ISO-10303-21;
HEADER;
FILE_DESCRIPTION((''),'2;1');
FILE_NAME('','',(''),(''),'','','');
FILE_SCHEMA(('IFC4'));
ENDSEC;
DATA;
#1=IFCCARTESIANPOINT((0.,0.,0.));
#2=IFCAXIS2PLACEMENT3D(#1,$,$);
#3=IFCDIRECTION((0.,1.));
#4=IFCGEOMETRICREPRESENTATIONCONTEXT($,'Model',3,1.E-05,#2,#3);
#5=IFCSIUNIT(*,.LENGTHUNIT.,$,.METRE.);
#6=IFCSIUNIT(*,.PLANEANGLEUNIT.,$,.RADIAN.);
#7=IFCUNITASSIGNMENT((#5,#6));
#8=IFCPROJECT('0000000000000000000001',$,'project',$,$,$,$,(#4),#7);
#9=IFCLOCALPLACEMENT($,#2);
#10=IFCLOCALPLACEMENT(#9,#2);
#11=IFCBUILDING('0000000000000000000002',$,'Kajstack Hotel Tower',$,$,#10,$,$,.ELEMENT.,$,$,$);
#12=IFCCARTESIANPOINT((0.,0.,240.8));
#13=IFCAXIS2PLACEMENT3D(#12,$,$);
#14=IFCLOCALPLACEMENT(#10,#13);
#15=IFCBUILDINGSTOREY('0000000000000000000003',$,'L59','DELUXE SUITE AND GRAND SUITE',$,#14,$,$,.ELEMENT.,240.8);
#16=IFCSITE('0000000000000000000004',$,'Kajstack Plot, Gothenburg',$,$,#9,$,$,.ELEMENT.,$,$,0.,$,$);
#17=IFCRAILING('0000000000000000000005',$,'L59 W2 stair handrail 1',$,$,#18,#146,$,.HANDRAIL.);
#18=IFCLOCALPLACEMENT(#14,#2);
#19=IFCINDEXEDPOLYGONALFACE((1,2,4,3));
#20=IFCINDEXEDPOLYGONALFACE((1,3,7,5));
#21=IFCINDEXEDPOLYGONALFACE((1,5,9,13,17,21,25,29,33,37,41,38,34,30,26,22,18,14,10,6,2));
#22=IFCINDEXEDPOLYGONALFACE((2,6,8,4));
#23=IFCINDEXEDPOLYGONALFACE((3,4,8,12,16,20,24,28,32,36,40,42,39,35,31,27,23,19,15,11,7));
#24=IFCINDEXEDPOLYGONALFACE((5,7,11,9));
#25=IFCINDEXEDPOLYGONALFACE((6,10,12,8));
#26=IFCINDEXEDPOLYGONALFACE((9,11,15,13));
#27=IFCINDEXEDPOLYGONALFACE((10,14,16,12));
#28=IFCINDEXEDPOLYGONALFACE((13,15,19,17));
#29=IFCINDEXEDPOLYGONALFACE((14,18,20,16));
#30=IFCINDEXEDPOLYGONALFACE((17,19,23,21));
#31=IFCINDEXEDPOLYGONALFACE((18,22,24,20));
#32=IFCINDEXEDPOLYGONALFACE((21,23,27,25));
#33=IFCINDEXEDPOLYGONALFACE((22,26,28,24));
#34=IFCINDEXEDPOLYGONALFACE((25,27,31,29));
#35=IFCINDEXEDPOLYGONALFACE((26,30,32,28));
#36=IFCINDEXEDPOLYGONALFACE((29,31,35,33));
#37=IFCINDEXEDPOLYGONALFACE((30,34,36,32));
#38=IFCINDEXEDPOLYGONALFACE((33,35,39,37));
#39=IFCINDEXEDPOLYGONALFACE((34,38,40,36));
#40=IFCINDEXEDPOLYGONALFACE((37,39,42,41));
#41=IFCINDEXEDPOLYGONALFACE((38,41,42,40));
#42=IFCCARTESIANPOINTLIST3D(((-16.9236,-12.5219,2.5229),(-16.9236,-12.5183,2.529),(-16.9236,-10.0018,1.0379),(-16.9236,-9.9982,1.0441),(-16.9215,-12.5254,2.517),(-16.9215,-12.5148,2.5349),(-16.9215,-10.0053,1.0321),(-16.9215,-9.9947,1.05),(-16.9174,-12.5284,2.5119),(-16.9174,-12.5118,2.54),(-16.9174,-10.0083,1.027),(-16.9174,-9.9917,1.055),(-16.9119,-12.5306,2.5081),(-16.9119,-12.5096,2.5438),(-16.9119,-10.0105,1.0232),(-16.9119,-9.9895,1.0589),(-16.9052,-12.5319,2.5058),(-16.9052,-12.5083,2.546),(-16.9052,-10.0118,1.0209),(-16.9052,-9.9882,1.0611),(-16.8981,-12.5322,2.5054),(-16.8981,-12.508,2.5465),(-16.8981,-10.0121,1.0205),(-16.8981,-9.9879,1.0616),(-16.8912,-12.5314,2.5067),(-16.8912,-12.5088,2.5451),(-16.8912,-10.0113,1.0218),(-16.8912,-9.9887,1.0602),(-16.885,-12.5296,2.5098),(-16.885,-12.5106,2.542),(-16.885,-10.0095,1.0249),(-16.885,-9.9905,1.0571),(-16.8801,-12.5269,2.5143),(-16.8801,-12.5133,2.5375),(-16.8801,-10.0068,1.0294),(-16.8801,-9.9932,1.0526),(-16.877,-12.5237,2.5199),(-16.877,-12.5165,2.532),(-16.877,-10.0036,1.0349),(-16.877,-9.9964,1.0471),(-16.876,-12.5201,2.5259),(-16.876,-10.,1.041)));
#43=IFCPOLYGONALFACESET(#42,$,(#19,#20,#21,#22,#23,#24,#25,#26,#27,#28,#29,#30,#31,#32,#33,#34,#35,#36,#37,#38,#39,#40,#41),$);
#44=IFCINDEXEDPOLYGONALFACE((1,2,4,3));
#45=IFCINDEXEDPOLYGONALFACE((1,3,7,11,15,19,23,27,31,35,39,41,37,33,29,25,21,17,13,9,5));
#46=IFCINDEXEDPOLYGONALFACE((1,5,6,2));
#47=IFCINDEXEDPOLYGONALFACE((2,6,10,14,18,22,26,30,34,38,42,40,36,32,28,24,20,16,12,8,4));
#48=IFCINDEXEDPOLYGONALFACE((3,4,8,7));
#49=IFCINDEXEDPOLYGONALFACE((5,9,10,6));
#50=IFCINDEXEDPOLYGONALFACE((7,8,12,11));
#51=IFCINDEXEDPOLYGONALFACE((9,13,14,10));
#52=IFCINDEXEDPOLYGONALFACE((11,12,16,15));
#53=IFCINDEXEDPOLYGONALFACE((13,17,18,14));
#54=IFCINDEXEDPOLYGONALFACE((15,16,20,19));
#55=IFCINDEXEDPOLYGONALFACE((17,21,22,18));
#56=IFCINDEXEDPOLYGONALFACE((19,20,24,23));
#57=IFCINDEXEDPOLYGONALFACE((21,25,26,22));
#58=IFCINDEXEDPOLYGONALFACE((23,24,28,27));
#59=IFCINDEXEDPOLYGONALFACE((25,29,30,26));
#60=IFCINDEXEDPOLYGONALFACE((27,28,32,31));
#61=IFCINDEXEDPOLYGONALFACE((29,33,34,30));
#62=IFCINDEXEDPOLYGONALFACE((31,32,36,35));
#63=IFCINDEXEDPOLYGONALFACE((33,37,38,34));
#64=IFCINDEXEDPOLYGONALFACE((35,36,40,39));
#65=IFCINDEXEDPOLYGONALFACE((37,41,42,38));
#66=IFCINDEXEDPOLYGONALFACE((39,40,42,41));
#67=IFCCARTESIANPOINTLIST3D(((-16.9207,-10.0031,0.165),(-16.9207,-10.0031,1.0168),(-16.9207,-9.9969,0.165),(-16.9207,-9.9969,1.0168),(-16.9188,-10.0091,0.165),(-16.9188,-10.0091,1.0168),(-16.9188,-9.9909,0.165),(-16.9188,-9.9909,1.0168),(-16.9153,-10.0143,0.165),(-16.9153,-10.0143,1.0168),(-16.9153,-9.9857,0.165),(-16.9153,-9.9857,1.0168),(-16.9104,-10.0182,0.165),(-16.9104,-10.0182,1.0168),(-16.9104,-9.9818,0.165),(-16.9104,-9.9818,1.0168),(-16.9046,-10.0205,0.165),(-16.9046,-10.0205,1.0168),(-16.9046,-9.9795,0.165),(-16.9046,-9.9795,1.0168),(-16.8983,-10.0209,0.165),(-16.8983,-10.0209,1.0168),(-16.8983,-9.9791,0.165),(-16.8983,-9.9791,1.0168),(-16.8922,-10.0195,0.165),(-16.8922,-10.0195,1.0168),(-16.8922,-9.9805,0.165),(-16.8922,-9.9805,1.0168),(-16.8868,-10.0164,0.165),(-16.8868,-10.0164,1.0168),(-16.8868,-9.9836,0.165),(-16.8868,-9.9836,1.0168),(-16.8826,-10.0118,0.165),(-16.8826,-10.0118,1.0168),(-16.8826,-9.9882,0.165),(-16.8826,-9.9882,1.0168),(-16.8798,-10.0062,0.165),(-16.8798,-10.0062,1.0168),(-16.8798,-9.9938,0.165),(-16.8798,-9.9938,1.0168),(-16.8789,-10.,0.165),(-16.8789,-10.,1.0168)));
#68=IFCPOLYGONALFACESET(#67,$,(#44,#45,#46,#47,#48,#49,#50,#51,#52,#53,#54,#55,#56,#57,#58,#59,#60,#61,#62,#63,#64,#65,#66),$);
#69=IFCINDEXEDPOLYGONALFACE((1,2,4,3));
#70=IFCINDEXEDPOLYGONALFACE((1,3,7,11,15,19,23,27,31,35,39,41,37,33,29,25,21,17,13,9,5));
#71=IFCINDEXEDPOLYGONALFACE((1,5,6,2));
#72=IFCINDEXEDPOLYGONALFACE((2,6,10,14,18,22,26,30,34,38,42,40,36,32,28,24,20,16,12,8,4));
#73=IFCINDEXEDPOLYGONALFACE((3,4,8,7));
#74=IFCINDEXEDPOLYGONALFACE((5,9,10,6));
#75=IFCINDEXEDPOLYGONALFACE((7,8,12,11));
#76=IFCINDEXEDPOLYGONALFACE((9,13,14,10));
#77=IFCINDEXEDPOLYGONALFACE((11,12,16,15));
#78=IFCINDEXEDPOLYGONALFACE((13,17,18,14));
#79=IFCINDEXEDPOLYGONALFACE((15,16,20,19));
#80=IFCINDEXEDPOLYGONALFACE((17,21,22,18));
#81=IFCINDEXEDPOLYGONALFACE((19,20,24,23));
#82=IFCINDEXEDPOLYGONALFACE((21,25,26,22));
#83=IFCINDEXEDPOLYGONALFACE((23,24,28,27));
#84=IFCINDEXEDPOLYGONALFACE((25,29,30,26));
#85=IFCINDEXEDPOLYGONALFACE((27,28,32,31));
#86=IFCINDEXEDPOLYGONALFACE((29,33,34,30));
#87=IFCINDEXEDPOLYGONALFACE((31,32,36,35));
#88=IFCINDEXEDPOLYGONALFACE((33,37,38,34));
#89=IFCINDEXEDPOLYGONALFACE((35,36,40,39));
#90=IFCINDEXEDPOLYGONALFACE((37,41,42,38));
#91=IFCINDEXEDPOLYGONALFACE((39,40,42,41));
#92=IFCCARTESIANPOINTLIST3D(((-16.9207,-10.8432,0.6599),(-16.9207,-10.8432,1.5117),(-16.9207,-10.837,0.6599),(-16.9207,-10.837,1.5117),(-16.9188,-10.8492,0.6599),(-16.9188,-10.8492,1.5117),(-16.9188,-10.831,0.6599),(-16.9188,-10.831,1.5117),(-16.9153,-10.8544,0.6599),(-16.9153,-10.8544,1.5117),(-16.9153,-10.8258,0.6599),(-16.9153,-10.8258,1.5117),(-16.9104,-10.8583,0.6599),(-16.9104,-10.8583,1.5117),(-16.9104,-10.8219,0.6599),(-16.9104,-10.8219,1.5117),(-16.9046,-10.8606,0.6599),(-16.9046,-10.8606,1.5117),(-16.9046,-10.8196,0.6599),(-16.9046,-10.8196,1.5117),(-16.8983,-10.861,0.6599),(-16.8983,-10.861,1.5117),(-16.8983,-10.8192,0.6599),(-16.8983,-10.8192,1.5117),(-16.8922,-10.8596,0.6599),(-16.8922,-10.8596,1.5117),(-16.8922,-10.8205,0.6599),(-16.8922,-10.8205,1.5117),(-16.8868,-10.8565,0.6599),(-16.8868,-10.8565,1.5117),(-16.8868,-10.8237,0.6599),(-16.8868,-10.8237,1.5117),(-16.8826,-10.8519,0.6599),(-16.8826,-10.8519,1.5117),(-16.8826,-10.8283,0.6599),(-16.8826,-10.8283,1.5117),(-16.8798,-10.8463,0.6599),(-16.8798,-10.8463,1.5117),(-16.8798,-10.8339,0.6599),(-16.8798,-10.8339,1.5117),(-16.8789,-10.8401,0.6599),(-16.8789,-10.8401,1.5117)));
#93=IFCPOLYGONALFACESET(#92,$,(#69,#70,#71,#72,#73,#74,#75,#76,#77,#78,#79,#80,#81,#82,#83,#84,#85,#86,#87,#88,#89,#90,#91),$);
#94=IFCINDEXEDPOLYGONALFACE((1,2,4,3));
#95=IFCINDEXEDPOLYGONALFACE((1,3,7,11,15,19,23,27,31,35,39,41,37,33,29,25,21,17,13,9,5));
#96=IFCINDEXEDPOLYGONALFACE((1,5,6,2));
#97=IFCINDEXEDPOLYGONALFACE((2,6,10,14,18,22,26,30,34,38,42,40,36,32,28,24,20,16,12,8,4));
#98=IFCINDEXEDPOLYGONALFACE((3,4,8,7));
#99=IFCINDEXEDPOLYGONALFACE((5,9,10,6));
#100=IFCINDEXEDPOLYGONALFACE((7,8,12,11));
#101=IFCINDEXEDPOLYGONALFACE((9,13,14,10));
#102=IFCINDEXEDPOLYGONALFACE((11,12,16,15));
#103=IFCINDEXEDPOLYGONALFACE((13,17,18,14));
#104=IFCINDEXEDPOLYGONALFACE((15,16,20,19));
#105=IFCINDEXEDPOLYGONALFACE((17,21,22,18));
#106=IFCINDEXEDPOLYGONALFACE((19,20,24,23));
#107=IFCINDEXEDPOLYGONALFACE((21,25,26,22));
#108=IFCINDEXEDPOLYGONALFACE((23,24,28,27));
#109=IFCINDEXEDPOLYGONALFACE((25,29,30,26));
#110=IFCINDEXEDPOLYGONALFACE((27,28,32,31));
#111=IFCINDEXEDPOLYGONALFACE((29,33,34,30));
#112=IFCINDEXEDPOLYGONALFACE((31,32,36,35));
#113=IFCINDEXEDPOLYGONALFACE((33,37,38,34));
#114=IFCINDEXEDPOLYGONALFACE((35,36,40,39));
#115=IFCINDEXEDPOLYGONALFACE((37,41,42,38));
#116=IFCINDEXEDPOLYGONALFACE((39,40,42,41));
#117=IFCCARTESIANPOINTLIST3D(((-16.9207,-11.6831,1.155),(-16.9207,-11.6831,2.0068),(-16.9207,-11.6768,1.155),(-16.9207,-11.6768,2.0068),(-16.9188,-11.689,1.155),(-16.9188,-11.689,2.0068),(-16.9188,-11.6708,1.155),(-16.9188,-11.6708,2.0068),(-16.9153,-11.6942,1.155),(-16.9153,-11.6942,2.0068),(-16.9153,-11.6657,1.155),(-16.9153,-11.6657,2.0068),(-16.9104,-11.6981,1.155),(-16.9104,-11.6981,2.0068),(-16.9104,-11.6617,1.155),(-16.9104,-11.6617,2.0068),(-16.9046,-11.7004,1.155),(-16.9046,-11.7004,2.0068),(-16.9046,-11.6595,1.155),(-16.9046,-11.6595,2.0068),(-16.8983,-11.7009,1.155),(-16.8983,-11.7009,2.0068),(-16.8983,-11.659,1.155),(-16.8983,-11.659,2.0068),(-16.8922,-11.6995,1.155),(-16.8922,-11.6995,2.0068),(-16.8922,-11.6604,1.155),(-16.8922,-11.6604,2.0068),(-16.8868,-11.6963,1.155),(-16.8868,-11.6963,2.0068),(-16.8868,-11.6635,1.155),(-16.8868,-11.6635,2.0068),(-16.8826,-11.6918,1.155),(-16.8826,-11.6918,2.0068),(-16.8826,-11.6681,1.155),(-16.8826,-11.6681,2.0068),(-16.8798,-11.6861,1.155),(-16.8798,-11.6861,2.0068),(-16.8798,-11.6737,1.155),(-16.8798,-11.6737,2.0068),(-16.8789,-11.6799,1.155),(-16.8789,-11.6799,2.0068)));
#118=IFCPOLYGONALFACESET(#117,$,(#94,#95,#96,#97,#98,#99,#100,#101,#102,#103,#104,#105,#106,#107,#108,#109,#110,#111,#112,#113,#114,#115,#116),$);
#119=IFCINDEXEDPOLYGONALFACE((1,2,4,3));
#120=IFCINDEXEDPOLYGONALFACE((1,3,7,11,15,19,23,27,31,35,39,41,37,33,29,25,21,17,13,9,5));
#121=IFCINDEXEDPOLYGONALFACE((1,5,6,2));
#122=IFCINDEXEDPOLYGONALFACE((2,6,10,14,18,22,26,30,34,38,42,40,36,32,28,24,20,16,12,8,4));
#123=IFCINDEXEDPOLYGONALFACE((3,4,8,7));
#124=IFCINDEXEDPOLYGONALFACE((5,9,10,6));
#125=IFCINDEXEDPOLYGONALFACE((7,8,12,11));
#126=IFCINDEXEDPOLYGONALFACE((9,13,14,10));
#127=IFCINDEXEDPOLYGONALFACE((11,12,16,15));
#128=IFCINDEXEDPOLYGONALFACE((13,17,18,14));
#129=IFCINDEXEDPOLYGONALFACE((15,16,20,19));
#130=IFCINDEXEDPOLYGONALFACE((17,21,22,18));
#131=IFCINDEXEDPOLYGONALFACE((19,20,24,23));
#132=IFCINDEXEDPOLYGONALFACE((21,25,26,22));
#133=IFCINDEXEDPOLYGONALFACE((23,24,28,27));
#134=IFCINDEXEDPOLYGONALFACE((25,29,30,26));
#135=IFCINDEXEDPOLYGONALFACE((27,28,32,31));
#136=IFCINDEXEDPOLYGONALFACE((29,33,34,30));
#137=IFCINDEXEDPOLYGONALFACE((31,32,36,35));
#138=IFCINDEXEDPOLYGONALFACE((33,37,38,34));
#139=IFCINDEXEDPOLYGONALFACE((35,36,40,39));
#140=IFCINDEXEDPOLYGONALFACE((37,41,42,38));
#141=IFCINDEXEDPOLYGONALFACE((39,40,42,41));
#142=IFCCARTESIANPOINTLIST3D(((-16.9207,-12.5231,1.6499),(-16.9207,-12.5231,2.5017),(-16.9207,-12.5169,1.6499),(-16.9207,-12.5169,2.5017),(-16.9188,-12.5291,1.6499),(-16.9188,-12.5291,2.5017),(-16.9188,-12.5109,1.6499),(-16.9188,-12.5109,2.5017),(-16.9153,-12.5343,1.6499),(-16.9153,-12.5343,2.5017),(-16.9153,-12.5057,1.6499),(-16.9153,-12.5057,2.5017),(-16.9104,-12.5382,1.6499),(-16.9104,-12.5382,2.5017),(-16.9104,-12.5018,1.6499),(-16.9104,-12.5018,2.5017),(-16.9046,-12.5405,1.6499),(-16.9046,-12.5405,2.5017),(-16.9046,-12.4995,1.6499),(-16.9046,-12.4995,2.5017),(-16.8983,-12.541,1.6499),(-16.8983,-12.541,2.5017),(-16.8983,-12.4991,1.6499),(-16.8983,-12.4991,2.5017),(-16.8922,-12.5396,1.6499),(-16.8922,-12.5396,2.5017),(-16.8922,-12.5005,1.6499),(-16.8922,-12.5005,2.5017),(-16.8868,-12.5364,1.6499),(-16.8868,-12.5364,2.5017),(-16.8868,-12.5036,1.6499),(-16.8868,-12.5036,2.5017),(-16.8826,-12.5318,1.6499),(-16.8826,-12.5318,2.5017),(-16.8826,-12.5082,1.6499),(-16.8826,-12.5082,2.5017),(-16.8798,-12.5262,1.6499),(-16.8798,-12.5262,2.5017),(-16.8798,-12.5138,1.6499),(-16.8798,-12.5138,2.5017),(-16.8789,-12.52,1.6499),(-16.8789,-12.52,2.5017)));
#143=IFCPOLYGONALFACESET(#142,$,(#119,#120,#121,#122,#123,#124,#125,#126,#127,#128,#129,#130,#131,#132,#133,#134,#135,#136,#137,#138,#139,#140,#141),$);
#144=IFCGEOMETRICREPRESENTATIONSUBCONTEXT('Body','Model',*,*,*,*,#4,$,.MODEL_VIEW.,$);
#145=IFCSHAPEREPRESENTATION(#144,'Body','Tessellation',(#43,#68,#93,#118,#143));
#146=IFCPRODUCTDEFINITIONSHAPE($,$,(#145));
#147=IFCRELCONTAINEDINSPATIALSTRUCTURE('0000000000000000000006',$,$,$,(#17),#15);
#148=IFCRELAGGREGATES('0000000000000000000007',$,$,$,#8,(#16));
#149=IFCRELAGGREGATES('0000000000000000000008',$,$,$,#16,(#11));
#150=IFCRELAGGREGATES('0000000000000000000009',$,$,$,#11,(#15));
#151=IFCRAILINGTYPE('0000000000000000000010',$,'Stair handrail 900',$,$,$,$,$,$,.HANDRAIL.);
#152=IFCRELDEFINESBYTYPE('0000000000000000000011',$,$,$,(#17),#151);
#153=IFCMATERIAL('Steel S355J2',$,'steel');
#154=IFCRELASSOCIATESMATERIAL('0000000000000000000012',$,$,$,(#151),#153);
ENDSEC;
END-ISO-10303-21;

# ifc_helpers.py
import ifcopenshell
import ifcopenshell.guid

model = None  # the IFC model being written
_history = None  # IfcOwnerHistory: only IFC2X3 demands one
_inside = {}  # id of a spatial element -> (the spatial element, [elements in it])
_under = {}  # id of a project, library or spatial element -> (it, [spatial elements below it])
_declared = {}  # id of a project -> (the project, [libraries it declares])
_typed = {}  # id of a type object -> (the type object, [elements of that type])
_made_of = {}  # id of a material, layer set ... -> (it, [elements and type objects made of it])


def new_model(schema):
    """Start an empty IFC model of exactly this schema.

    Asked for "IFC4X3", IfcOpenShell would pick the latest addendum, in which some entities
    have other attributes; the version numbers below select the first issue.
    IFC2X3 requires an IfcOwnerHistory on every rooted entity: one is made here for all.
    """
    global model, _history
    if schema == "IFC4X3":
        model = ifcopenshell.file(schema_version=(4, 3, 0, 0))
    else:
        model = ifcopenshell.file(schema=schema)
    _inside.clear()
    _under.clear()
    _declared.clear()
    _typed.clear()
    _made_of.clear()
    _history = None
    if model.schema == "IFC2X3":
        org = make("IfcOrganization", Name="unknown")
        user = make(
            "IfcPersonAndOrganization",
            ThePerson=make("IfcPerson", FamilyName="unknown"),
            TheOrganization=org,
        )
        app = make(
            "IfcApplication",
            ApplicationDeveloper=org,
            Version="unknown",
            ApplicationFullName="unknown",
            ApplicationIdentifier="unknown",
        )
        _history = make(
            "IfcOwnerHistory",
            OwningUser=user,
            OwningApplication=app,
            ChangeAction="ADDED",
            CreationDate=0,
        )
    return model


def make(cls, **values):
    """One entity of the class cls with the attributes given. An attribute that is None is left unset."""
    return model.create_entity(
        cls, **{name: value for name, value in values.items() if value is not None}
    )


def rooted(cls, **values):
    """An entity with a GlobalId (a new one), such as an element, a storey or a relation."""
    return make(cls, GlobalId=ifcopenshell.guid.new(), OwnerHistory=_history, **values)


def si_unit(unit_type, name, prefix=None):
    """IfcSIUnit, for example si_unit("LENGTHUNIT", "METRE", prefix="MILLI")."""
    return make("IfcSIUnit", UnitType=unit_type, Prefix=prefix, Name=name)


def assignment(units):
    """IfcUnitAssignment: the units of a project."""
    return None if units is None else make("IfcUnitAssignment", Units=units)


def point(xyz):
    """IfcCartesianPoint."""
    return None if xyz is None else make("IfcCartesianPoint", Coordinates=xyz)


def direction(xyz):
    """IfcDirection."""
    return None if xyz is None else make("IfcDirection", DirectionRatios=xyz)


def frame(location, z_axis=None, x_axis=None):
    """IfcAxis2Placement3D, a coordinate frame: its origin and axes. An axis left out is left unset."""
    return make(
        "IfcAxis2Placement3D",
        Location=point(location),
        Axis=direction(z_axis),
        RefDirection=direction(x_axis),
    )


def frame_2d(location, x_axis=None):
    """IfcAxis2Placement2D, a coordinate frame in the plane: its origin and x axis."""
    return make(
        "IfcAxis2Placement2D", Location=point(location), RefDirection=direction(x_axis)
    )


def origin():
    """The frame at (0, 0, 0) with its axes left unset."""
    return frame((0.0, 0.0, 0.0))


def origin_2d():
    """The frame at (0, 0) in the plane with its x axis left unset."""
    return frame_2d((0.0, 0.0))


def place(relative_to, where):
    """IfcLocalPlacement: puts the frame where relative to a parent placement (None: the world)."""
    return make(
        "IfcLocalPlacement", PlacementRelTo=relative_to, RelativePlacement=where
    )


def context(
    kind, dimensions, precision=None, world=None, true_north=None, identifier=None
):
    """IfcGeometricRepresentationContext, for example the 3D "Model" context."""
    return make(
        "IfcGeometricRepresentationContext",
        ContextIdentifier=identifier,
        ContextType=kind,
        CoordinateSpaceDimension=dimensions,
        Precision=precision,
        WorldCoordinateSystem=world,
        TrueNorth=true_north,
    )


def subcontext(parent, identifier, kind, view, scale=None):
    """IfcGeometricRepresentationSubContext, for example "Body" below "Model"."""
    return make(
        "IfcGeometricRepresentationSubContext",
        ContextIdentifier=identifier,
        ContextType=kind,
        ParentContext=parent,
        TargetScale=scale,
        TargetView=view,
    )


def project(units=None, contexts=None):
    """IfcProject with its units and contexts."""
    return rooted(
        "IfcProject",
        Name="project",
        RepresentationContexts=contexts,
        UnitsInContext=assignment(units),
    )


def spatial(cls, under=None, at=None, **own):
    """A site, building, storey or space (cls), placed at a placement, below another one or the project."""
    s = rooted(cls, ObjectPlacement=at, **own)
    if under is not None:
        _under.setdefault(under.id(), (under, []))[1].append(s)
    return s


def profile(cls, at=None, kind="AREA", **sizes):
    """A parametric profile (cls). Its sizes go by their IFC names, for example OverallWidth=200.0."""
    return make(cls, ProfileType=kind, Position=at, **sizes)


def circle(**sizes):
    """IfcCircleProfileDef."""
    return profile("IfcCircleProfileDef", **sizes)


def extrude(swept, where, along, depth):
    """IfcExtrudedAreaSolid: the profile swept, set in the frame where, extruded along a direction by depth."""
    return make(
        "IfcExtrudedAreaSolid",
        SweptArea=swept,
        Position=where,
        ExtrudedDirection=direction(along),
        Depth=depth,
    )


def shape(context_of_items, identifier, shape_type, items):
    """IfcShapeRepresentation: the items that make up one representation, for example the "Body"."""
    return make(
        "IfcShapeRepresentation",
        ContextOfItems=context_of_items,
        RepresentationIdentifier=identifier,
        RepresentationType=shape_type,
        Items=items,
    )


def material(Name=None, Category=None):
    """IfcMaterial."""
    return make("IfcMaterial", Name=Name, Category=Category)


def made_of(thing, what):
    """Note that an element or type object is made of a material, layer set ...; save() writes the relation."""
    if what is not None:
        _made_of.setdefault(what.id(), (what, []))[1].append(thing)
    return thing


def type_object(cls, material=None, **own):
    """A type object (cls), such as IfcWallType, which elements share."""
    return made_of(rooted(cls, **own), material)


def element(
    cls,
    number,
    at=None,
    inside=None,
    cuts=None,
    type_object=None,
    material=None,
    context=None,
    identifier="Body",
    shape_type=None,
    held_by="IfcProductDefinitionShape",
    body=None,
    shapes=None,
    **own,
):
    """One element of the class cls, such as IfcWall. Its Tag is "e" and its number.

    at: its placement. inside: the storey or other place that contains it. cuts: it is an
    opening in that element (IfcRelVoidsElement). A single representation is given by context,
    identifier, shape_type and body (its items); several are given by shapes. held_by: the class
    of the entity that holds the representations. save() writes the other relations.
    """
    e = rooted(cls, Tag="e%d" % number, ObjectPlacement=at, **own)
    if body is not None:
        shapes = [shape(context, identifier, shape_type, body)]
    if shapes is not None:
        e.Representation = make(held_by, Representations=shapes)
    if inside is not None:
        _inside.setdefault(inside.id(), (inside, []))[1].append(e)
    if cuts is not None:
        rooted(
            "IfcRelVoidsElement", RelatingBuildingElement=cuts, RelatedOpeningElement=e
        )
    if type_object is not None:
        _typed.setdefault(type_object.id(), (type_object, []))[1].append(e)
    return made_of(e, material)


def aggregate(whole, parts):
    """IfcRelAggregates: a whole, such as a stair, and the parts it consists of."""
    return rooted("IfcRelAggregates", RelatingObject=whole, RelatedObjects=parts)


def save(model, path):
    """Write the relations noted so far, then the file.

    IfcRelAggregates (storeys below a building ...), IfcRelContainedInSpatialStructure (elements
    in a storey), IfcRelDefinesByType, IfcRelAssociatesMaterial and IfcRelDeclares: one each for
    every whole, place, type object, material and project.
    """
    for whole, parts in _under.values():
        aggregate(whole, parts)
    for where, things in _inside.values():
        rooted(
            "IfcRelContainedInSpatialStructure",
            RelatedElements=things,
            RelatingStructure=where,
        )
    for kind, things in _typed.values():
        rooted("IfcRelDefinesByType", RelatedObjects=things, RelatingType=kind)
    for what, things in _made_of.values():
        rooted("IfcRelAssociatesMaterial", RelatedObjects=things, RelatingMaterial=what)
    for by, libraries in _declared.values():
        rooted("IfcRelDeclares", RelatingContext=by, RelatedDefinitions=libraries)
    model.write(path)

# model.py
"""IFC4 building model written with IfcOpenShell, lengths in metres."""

from ifc_helpers import new_model, si_unit, direction, frame, origin, origin_2d, place, context, subcontext, project, spatial, circle, extrude, material, type_object, element, save


model = new_model("IFC4")

# Units and contexts
model_context = context("Model", 3, precision=1e-05, world=origin(), true_north=direction((0.0, 1.0)))
body_context = subcontext(model_context, "Body", "Model", "MODEL_VIEW")
ifc_project = project(units=[si_unit("LENGTHUNIT", "METRE"), si_unit("PLANEANGLEUNIT", "RADIAN")], contexts=[model_context])

# Site, building, storey
site_placement = place(None, origin())
site = spatial("IfcSite", under=ifc_project, at=site_placement, Name="Kajstack Plot, Gothenburg", CompositionType="ELEMENT", RefElevation=0.0)
building_placement = place(site_placement, origin())
building = spatial("IfcBuilding", under=site, at=building_placement, Name="Kajstack Hotel Tower", CompositionType="ELEMENT")
storey_placement = place(building_placement, frame((0.0, 0.0, 240.8)))
storey = spatial("IfcBuildingStorey", under=building, at=storey_placement, Name="L59", Description="DELUXE SUITE AND GRAND SUITE", CompositionType="ELEMENT", Elevation=240.8)

# Railing
ifc_material_1 = material(Name="Steel S355J2", Category="steel")
railing_type_1 = type_object("IfcRailingType", Name="Stair handrail 900", PredefinedType="HANDRAIL", material=ifc_material_1)
railing_1_placement = place(storey_placement, frame((-16.8999, -10.0, 0.165)))
element("IfcRailing", 1, at=railing_1_placement, inside=storey, type_object=railing_type_1, Name="L59 W2 stair handrail 1", PredefinedType="HANDRAIL", context=body_context, shape_type="SweptSolid", body=[
    extrude(circle(Radius=0.0239, at=origin_2d()), frame((0.0, 0.0, 0.876), z_axis=(0.0, -0.861561, 0.507655), x_axis=(1.0, 0.0, 0.0)), (0.0, 0.0, 1.0), 2.925),
    extrude(circle(Radius=0.021, at=origin_2d()), origin(), (0.0, 0.0, 1.0), 0.8518),
    extrude(circle(Radius=0.021, at=origin_2d()), frame((0.0, -0.8401, 0.4949)), (0.0, 0.0, 1.0), 0.8518),
    extrude(circle(Radius=0.021, at=origin_2d()), frame((0.0, -1.6799, 0.99)), (0.0, 0.0, 1.0), 0.8518),
    extrude(circle(Radius=0.021, at=origin_2d()), frame((0.0, -2.52, 1.4849)), (0.0, 0.0, 1.0), 0.8518),
])

save(model, "model.ifc")
